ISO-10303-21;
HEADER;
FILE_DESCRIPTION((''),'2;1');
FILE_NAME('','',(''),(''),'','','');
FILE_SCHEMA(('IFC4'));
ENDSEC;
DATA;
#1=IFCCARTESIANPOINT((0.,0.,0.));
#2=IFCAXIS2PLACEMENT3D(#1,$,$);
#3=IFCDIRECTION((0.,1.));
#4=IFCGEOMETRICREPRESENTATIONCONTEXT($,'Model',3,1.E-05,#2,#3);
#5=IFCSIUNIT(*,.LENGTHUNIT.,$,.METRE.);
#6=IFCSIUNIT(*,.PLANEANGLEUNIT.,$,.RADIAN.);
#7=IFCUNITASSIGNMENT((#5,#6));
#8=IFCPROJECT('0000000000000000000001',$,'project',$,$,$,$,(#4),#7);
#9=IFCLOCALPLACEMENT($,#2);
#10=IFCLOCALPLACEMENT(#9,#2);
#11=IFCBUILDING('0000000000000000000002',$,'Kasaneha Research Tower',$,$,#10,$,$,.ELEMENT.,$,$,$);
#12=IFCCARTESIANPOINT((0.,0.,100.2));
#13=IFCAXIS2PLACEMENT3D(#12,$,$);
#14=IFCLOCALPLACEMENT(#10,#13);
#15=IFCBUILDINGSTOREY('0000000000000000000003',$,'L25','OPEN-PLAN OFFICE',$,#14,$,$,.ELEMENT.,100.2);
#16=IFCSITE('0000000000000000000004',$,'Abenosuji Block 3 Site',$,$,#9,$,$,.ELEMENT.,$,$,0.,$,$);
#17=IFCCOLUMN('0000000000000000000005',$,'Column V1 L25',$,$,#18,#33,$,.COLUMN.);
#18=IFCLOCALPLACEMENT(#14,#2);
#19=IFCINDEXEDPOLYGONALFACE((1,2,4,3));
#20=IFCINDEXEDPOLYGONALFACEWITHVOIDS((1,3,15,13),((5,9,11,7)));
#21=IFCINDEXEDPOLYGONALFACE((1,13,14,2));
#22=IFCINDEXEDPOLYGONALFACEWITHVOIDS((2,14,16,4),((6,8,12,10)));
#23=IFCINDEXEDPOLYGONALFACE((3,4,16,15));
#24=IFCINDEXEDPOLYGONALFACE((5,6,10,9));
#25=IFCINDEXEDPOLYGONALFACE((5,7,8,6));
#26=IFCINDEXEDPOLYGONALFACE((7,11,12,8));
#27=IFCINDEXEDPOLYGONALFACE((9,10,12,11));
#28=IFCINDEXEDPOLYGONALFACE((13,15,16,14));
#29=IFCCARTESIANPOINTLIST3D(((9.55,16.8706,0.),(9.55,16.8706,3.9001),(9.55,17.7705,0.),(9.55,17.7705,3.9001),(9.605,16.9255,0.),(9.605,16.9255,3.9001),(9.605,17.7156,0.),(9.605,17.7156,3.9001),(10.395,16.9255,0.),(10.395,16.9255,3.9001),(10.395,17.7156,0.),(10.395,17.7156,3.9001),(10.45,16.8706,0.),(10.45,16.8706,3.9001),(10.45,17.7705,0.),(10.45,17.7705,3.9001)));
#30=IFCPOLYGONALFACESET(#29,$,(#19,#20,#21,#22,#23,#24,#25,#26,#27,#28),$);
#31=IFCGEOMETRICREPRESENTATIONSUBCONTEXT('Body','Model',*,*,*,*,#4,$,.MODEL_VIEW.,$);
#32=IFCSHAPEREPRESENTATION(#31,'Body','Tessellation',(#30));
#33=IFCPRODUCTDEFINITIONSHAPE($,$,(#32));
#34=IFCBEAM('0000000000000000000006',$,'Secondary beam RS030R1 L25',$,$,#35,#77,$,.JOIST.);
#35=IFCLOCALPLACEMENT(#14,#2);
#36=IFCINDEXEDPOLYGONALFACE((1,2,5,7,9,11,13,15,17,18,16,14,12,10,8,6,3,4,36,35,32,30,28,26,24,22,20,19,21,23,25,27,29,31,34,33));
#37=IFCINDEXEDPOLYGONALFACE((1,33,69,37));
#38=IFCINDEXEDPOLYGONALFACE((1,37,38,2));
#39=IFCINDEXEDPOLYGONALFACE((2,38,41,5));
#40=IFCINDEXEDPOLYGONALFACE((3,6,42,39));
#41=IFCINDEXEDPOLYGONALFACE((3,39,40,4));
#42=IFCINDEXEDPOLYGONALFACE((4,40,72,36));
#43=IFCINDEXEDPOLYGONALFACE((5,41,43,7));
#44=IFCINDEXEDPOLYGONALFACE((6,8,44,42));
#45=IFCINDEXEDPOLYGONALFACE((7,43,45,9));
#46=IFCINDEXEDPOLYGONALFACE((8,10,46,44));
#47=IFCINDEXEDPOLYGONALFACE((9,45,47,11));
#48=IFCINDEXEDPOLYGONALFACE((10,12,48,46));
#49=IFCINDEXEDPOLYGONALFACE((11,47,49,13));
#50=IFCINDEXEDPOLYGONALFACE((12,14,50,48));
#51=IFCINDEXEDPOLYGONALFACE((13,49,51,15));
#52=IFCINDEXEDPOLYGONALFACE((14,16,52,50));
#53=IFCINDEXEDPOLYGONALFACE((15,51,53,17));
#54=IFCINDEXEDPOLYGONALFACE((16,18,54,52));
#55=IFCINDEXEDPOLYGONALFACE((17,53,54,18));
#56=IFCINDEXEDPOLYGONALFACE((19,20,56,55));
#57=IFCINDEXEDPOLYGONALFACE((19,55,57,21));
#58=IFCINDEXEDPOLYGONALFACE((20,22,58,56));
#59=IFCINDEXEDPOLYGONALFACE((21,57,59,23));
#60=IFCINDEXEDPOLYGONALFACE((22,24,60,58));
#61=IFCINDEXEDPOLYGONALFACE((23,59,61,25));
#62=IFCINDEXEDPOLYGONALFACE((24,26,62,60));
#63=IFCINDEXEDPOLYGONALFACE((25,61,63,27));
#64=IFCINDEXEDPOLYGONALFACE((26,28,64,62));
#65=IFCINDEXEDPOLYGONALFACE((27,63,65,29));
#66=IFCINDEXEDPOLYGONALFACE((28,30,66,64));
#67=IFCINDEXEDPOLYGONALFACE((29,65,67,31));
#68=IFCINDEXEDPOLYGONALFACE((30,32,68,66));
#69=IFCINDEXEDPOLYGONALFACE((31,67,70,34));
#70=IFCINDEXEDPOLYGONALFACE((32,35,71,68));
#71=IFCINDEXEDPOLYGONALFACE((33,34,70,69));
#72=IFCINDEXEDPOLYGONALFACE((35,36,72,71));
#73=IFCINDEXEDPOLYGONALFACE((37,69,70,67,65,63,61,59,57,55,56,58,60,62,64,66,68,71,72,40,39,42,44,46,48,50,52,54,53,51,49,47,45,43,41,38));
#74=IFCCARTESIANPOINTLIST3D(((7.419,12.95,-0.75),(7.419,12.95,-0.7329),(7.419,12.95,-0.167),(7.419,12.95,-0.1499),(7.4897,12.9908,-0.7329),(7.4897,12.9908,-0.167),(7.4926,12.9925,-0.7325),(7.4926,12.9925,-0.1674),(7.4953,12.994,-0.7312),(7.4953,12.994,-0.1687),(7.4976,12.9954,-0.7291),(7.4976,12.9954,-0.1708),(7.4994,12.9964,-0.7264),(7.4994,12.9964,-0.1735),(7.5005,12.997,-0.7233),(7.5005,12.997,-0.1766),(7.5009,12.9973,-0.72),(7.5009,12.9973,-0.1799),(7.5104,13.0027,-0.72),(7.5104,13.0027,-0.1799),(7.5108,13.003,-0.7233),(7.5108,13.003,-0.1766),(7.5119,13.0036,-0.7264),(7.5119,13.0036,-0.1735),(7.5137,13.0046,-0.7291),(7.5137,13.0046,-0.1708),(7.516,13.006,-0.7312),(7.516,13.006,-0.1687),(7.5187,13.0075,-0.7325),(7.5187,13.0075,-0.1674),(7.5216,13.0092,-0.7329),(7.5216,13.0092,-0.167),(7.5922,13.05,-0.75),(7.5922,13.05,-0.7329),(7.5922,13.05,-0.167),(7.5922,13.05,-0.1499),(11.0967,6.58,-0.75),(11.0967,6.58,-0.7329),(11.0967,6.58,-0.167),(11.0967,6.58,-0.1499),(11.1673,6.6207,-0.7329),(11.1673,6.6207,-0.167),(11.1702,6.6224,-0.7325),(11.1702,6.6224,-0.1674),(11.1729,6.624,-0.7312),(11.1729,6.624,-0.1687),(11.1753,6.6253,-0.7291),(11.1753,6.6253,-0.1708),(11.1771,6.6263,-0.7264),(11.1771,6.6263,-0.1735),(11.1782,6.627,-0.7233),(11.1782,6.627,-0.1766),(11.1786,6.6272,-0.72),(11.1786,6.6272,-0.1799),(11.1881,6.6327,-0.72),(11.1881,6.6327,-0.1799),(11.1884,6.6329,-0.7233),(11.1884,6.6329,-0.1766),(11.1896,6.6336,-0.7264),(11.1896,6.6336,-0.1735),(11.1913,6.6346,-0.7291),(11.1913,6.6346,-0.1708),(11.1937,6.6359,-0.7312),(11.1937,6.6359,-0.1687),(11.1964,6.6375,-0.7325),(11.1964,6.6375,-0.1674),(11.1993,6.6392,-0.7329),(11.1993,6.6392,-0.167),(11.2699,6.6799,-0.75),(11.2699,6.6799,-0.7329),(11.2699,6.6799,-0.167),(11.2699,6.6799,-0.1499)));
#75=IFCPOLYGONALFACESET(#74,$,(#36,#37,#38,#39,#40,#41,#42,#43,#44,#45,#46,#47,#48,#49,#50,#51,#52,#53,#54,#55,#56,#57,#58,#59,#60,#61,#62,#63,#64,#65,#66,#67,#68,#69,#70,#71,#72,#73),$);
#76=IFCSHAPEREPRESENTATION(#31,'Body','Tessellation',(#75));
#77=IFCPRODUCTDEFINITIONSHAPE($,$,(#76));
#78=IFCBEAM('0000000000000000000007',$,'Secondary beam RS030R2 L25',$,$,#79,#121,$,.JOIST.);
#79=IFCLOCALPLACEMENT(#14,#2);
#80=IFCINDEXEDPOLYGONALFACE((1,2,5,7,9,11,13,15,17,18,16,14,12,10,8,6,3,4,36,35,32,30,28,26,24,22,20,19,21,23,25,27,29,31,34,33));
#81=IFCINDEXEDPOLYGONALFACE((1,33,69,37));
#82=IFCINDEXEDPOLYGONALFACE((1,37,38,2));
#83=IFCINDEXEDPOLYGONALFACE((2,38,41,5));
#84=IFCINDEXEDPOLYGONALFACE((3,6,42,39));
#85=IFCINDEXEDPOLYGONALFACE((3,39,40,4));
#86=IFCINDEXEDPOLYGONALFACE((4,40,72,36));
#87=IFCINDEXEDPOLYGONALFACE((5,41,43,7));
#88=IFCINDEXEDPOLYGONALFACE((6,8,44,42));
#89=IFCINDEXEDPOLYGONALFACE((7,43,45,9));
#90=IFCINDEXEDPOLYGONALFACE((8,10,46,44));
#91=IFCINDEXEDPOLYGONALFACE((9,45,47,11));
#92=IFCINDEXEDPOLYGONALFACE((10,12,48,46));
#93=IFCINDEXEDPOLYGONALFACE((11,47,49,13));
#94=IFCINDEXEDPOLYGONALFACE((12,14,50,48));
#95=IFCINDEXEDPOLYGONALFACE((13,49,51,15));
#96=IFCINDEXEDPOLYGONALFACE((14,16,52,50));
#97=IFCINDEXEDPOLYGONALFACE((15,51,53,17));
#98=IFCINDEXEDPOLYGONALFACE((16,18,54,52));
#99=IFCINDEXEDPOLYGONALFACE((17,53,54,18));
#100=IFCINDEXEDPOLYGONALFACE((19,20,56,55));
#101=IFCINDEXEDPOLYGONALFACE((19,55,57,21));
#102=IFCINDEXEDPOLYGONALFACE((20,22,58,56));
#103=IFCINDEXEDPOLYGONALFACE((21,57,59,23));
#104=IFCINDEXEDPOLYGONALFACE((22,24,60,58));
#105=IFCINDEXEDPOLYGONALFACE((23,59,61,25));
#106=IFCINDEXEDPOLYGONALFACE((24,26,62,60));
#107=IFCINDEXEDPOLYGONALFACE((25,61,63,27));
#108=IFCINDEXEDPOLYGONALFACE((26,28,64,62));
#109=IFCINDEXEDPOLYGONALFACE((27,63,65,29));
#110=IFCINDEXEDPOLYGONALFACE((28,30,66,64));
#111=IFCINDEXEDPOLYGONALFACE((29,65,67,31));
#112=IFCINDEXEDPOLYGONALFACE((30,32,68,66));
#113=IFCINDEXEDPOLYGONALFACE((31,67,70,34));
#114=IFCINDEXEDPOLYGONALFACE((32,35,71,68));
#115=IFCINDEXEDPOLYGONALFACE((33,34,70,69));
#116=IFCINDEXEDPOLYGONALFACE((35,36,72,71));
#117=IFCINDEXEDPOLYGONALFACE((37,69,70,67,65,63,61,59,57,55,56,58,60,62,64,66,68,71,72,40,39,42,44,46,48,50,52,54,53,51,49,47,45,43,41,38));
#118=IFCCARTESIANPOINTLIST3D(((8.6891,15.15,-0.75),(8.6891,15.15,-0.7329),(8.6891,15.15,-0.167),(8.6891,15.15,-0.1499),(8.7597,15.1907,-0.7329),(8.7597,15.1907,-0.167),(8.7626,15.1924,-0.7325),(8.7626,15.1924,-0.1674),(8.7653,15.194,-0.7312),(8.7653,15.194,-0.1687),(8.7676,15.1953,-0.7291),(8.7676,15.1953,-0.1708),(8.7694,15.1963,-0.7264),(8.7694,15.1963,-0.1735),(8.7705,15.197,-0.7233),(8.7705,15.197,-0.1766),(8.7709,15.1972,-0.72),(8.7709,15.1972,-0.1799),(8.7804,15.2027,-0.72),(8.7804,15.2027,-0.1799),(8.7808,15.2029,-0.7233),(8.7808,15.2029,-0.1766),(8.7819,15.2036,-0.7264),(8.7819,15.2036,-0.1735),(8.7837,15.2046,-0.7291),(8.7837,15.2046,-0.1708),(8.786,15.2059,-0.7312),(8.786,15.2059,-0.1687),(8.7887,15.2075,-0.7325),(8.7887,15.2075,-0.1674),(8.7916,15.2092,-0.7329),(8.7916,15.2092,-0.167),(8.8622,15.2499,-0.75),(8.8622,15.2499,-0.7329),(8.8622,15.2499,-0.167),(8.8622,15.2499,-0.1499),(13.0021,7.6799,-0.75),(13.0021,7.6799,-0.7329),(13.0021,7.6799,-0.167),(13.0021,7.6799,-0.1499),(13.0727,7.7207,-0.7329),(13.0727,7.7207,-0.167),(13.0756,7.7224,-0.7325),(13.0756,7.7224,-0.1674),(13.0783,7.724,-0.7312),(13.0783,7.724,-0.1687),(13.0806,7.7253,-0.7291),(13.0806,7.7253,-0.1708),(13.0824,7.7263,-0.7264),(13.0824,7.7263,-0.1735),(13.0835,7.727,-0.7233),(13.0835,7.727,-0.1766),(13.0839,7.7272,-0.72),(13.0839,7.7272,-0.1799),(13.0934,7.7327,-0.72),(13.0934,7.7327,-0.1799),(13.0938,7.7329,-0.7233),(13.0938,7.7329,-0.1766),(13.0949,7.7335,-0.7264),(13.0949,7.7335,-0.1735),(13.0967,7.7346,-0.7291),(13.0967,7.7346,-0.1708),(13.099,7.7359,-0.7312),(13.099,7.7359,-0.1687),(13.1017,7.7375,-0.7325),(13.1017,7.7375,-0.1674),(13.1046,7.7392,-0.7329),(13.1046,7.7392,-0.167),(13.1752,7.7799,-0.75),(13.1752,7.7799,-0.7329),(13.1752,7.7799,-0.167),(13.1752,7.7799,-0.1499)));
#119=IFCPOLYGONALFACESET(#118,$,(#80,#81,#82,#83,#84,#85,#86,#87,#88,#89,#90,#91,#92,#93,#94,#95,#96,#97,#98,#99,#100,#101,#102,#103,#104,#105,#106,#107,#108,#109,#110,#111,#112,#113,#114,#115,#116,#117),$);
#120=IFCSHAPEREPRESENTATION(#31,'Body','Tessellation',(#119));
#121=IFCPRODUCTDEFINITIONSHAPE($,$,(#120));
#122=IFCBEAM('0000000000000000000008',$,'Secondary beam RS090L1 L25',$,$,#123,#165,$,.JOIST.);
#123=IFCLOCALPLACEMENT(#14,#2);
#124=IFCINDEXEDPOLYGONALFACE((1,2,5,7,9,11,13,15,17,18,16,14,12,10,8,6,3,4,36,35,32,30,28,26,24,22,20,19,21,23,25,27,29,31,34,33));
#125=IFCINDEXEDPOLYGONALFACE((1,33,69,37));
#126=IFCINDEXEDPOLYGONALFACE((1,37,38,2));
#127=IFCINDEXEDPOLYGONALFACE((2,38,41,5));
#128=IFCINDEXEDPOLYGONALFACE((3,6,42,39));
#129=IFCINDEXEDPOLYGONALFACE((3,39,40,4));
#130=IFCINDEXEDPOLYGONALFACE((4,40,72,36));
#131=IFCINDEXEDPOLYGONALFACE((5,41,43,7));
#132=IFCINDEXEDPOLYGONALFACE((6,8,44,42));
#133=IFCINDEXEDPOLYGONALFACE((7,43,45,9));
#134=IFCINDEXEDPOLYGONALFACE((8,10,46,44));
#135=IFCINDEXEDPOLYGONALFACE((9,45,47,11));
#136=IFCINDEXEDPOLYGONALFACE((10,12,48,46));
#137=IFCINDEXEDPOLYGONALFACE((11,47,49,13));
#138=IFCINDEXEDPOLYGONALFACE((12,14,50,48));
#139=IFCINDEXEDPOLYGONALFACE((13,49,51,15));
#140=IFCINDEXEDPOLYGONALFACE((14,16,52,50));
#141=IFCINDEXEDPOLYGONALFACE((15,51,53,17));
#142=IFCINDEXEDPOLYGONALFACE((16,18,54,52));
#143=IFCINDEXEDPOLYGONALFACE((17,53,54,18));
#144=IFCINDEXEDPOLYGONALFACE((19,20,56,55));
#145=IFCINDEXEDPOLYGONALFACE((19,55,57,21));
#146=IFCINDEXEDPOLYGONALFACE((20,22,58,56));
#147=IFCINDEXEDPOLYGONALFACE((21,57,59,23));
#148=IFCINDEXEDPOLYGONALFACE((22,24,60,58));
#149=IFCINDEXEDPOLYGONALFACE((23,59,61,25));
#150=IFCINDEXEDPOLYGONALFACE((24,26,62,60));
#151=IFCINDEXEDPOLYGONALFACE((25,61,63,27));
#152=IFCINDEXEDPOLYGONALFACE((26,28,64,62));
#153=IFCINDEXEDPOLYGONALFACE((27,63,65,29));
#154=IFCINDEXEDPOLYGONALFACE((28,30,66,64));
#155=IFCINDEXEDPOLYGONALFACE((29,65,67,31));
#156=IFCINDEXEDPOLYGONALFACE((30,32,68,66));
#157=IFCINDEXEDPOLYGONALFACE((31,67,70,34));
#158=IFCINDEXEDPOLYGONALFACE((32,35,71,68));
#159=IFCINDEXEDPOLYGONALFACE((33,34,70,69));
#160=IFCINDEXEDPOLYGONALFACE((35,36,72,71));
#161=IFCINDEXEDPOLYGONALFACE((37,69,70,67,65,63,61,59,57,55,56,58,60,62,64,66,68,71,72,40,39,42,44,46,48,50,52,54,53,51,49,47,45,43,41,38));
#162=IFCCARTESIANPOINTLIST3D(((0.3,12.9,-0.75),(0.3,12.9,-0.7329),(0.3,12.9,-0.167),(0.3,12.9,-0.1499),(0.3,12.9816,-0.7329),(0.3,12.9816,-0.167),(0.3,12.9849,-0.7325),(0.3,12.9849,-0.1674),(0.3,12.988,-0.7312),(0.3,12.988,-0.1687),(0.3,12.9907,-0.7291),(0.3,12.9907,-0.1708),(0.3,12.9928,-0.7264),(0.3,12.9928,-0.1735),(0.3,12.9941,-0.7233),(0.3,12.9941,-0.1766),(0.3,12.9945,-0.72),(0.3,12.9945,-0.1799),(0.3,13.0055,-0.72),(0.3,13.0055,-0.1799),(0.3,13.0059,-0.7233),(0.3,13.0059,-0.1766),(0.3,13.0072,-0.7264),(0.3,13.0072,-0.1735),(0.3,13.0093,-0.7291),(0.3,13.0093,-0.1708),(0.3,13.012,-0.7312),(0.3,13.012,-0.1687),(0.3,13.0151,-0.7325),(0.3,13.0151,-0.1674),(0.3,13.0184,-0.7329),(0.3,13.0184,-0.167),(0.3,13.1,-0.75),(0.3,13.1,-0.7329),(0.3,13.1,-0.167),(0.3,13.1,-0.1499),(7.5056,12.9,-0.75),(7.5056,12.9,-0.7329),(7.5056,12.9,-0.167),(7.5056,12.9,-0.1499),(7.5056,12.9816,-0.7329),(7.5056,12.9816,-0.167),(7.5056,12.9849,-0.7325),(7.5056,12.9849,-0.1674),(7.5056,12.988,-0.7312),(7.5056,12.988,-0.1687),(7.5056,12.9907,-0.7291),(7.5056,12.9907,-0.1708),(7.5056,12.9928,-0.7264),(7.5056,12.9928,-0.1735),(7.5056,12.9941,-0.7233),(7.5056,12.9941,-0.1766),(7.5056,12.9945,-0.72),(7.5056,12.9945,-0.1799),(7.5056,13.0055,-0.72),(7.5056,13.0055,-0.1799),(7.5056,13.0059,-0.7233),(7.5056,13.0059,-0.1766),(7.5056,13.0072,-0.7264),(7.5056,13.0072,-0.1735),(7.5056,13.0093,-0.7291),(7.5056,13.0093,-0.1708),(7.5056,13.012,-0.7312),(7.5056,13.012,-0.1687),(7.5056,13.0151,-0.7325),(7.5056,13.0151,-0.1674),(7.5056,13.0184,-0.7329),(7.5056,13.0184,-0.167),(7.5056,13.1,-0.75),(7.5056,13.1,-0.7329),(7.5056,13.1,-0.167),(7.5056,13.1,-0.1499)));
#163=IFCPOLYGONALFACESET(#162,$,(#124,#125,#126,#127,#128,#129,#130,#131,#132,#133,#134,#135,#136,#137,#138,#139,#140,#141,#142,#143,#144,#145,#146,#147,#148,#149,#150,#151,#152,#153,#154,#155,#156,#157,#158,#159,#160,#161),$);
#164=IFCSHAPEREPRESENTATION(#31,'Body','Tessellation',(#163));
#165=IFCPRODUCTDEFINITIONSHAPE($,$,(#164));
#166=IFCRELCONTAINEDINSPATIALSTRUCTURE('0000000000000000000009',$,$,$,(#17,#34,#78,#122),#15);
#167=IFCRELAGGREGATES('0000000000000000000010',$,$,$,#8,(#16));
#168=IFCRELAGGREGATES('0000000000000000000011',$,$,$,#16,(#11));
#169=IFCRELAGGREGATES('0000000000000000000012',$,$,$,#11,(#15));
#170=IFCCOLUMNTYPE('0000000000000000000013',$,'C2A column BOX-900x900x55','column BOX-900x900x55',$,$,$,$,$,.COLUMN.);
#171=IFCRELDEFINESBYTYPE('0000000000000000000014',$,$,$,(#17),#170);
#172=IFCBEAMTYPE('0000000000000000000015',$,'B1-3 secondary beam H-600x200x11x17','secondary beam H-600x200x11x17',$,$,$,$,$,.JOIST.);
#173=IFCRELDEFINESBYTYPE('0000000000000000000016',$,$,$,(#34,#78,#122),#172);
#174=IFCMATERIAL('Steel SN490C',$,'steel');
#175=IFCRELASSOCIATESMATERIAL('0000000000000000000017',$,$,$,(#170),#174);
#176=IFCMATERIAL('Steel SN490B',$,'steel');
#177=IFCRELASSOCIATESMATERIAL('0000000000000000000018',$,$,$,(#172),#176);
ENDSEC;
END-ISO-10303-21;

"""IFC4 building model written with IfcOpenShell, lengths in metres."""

from ifc_helpers import new_model, si_unit, direction, frame, origin, origin_2d, place, context, subcontext, project, spatial, hollow_rectangle, i_section, extrude, material, material_profile, profile_set, type_object, element, save


model = new_model("IFC4")

# Units and contexts
model_context = context("Model", 3, precision=1e-05, world=origin(), true_north=direction((0.0, 1.0)))
body_context = subcontext(model_context, "Body", "Model", "MODEL_VIEW")
ifc_project = project(units=[si_unit("LENGTHUNIT", "METRE"), si_unit("PLANEANGLEUNIT", "RADIAN")], contexts=[model_context])

# Site, building, storey
site_placement = place(None, origin())
site = spatial("IfcSite", under=ifc_project, at=site_placement, Name="Abenosuji Block 3 Site", CompositionType="ELEMENT", RefElevation=0.0)
building_placement = place(site_placement, origin())
building = spatial("IfcBuilding", under=site, at=building_placement, Name="Kasaneha Research Tower", CompositionType="ELEMENT")
storey_placement = place(building_placement, frame((0.0, 0.0, 100.2)))
storey = spatial("IfcBuildingStorey", under=building, at=storey_placement, Name="L25", Description="OPEN-PLAN OFFICE", CompositionType="ELEMENT", Elevation=100.2)

# Column
ifc_material_1 = material(Name="Steel SN490C", Category="steel")
ifc_material_profile_1 = material_profile(ifc_material_1, hollow_rectangle(XDim=0.8999, YDim=0.8999, WallThickness=0.0549, at=origin_2d()), Name="BOX-900x900x55")
ifc_profile_set_1 = profile_set([ifc_material_profile_1], Name="Steel SN490C")
column_type = type_object("IfcColumnType", Name="C2A column BOX-900x900x55", Description="column BOX-900x900x55", PredefinedType="COLUMN", material=ifc_profile_set_1)
column_placement = place(storey_placement, frame((10.0, 17.3206, 0.0), z_axis=(0.0, 0.0, 1.0), x_axis=(1.0, 0.0, 0.0)))
element("IfcColumn", 1, at=column_placement, inside=storey, type_object=column_type, Name="Column V1 L25", PredefinedType="COLUMN", context=body_context, shape_type="SweptSolid", body=[
    extrude(hollow_rectangle(XDim=0.8999, YDim=0.8999, WallThickness=0.0549, at=origin_2d()), origin(), (0.0, 0.0, 1.0), 3.9001),
])

# Beams
ifc_material_2 = material(Name="Steel SN490B", Category="steel")
ifc_material_profile_2 = material_profile(ifc_material_2, i_section(OverallWidth=0.2, OverallDepth=0.6001, WebThickness=0.011, FlangeThickness=0.0171, FilletRadius=0.0129, at=origin_2d()), Name="H-600x200x11x17")
ifc_profile_set_2 = profile_set([ifc_material_profile_2], Name="Steel SN490B")
beam_type_1 = type_object("IfcBeamType", Name="B1-3 secondary beam H-600x200x11x17", Description="secondary beam H-600x200x11x17", PredefinedType="JOIST", material=ifc_profile_set_2)
beam_1_placement = place(storey_placement, frame((7.5056, 13.0, -0.45), z_axis=(0.499994, -0.866029, 0.0), x_axis=(0.866029, 0.499994, 0.0)))
element("IfcBeam", 2, at=beam_1_placement, inside=storey, type_object=beam_type_1, Name="Secondary beam RS030R1 L25", PredefinedType="JOIST", context=body_context, shape_type="SweptSolid", body=[
    extrude(i_section(OverallWidth=0.2, OverallDepth=0.6001, WebThickness=0.011, FlangeThickness=0.0171, FilletRadius=0.0129, at=origin_2d()), origin(), (0.0, 0.0, 1.0), 7.3555),
])
beam_2_placement = place(storey_placement, frame((8.7756, 15.2, -0.45), z_axis=(0.500017, -0.866015, 0.0), x_axis=(0.866015, 0.500017, 0.0)))
element("IfcBeam", 3, at=beam_2_placement, inside=storey, type_object=beam_type_1, Name="Secondary beam RS030R2 L25", PredefinedType="JOIST", context=body_context, shape_type="SweptSolid", body=[
    extrude(i_section(OverallWidth=0.2, OverallDepth=0.6001, WebThickness=0.011, FlangeThickness=0.0171, FilletRadius=0.0129, at=origin_2d()), origin(), (0.0, 0.0, 1.0), 8.6257),
])
beam_3_placement = place(storey_placement, frame((7.5056, 13.0, -0.45), z_axis=(-1.0, 0.0, 0.0), x_axis=(0.0, -1.0, 0.0)))
element("IfcBeam", 4, at=beam_3_placement, inside=storey, type_object=beam_type_1, Name="Secondary beam RS090L1 L25", PredefinedType="JOIST", context=body_context, shape_type="SweptSolid", body=[
    extrude(i_section(OverallWidth=0.2, OverallDepth=0.6001, WebThickness=0.011, FlangeThickness=0.0171, FilletRadius=0.0129, at=origin_2d()), origin(), (0.0, 0.0, 1.0), 7.2056),
])

save(model, "model.ifc")
